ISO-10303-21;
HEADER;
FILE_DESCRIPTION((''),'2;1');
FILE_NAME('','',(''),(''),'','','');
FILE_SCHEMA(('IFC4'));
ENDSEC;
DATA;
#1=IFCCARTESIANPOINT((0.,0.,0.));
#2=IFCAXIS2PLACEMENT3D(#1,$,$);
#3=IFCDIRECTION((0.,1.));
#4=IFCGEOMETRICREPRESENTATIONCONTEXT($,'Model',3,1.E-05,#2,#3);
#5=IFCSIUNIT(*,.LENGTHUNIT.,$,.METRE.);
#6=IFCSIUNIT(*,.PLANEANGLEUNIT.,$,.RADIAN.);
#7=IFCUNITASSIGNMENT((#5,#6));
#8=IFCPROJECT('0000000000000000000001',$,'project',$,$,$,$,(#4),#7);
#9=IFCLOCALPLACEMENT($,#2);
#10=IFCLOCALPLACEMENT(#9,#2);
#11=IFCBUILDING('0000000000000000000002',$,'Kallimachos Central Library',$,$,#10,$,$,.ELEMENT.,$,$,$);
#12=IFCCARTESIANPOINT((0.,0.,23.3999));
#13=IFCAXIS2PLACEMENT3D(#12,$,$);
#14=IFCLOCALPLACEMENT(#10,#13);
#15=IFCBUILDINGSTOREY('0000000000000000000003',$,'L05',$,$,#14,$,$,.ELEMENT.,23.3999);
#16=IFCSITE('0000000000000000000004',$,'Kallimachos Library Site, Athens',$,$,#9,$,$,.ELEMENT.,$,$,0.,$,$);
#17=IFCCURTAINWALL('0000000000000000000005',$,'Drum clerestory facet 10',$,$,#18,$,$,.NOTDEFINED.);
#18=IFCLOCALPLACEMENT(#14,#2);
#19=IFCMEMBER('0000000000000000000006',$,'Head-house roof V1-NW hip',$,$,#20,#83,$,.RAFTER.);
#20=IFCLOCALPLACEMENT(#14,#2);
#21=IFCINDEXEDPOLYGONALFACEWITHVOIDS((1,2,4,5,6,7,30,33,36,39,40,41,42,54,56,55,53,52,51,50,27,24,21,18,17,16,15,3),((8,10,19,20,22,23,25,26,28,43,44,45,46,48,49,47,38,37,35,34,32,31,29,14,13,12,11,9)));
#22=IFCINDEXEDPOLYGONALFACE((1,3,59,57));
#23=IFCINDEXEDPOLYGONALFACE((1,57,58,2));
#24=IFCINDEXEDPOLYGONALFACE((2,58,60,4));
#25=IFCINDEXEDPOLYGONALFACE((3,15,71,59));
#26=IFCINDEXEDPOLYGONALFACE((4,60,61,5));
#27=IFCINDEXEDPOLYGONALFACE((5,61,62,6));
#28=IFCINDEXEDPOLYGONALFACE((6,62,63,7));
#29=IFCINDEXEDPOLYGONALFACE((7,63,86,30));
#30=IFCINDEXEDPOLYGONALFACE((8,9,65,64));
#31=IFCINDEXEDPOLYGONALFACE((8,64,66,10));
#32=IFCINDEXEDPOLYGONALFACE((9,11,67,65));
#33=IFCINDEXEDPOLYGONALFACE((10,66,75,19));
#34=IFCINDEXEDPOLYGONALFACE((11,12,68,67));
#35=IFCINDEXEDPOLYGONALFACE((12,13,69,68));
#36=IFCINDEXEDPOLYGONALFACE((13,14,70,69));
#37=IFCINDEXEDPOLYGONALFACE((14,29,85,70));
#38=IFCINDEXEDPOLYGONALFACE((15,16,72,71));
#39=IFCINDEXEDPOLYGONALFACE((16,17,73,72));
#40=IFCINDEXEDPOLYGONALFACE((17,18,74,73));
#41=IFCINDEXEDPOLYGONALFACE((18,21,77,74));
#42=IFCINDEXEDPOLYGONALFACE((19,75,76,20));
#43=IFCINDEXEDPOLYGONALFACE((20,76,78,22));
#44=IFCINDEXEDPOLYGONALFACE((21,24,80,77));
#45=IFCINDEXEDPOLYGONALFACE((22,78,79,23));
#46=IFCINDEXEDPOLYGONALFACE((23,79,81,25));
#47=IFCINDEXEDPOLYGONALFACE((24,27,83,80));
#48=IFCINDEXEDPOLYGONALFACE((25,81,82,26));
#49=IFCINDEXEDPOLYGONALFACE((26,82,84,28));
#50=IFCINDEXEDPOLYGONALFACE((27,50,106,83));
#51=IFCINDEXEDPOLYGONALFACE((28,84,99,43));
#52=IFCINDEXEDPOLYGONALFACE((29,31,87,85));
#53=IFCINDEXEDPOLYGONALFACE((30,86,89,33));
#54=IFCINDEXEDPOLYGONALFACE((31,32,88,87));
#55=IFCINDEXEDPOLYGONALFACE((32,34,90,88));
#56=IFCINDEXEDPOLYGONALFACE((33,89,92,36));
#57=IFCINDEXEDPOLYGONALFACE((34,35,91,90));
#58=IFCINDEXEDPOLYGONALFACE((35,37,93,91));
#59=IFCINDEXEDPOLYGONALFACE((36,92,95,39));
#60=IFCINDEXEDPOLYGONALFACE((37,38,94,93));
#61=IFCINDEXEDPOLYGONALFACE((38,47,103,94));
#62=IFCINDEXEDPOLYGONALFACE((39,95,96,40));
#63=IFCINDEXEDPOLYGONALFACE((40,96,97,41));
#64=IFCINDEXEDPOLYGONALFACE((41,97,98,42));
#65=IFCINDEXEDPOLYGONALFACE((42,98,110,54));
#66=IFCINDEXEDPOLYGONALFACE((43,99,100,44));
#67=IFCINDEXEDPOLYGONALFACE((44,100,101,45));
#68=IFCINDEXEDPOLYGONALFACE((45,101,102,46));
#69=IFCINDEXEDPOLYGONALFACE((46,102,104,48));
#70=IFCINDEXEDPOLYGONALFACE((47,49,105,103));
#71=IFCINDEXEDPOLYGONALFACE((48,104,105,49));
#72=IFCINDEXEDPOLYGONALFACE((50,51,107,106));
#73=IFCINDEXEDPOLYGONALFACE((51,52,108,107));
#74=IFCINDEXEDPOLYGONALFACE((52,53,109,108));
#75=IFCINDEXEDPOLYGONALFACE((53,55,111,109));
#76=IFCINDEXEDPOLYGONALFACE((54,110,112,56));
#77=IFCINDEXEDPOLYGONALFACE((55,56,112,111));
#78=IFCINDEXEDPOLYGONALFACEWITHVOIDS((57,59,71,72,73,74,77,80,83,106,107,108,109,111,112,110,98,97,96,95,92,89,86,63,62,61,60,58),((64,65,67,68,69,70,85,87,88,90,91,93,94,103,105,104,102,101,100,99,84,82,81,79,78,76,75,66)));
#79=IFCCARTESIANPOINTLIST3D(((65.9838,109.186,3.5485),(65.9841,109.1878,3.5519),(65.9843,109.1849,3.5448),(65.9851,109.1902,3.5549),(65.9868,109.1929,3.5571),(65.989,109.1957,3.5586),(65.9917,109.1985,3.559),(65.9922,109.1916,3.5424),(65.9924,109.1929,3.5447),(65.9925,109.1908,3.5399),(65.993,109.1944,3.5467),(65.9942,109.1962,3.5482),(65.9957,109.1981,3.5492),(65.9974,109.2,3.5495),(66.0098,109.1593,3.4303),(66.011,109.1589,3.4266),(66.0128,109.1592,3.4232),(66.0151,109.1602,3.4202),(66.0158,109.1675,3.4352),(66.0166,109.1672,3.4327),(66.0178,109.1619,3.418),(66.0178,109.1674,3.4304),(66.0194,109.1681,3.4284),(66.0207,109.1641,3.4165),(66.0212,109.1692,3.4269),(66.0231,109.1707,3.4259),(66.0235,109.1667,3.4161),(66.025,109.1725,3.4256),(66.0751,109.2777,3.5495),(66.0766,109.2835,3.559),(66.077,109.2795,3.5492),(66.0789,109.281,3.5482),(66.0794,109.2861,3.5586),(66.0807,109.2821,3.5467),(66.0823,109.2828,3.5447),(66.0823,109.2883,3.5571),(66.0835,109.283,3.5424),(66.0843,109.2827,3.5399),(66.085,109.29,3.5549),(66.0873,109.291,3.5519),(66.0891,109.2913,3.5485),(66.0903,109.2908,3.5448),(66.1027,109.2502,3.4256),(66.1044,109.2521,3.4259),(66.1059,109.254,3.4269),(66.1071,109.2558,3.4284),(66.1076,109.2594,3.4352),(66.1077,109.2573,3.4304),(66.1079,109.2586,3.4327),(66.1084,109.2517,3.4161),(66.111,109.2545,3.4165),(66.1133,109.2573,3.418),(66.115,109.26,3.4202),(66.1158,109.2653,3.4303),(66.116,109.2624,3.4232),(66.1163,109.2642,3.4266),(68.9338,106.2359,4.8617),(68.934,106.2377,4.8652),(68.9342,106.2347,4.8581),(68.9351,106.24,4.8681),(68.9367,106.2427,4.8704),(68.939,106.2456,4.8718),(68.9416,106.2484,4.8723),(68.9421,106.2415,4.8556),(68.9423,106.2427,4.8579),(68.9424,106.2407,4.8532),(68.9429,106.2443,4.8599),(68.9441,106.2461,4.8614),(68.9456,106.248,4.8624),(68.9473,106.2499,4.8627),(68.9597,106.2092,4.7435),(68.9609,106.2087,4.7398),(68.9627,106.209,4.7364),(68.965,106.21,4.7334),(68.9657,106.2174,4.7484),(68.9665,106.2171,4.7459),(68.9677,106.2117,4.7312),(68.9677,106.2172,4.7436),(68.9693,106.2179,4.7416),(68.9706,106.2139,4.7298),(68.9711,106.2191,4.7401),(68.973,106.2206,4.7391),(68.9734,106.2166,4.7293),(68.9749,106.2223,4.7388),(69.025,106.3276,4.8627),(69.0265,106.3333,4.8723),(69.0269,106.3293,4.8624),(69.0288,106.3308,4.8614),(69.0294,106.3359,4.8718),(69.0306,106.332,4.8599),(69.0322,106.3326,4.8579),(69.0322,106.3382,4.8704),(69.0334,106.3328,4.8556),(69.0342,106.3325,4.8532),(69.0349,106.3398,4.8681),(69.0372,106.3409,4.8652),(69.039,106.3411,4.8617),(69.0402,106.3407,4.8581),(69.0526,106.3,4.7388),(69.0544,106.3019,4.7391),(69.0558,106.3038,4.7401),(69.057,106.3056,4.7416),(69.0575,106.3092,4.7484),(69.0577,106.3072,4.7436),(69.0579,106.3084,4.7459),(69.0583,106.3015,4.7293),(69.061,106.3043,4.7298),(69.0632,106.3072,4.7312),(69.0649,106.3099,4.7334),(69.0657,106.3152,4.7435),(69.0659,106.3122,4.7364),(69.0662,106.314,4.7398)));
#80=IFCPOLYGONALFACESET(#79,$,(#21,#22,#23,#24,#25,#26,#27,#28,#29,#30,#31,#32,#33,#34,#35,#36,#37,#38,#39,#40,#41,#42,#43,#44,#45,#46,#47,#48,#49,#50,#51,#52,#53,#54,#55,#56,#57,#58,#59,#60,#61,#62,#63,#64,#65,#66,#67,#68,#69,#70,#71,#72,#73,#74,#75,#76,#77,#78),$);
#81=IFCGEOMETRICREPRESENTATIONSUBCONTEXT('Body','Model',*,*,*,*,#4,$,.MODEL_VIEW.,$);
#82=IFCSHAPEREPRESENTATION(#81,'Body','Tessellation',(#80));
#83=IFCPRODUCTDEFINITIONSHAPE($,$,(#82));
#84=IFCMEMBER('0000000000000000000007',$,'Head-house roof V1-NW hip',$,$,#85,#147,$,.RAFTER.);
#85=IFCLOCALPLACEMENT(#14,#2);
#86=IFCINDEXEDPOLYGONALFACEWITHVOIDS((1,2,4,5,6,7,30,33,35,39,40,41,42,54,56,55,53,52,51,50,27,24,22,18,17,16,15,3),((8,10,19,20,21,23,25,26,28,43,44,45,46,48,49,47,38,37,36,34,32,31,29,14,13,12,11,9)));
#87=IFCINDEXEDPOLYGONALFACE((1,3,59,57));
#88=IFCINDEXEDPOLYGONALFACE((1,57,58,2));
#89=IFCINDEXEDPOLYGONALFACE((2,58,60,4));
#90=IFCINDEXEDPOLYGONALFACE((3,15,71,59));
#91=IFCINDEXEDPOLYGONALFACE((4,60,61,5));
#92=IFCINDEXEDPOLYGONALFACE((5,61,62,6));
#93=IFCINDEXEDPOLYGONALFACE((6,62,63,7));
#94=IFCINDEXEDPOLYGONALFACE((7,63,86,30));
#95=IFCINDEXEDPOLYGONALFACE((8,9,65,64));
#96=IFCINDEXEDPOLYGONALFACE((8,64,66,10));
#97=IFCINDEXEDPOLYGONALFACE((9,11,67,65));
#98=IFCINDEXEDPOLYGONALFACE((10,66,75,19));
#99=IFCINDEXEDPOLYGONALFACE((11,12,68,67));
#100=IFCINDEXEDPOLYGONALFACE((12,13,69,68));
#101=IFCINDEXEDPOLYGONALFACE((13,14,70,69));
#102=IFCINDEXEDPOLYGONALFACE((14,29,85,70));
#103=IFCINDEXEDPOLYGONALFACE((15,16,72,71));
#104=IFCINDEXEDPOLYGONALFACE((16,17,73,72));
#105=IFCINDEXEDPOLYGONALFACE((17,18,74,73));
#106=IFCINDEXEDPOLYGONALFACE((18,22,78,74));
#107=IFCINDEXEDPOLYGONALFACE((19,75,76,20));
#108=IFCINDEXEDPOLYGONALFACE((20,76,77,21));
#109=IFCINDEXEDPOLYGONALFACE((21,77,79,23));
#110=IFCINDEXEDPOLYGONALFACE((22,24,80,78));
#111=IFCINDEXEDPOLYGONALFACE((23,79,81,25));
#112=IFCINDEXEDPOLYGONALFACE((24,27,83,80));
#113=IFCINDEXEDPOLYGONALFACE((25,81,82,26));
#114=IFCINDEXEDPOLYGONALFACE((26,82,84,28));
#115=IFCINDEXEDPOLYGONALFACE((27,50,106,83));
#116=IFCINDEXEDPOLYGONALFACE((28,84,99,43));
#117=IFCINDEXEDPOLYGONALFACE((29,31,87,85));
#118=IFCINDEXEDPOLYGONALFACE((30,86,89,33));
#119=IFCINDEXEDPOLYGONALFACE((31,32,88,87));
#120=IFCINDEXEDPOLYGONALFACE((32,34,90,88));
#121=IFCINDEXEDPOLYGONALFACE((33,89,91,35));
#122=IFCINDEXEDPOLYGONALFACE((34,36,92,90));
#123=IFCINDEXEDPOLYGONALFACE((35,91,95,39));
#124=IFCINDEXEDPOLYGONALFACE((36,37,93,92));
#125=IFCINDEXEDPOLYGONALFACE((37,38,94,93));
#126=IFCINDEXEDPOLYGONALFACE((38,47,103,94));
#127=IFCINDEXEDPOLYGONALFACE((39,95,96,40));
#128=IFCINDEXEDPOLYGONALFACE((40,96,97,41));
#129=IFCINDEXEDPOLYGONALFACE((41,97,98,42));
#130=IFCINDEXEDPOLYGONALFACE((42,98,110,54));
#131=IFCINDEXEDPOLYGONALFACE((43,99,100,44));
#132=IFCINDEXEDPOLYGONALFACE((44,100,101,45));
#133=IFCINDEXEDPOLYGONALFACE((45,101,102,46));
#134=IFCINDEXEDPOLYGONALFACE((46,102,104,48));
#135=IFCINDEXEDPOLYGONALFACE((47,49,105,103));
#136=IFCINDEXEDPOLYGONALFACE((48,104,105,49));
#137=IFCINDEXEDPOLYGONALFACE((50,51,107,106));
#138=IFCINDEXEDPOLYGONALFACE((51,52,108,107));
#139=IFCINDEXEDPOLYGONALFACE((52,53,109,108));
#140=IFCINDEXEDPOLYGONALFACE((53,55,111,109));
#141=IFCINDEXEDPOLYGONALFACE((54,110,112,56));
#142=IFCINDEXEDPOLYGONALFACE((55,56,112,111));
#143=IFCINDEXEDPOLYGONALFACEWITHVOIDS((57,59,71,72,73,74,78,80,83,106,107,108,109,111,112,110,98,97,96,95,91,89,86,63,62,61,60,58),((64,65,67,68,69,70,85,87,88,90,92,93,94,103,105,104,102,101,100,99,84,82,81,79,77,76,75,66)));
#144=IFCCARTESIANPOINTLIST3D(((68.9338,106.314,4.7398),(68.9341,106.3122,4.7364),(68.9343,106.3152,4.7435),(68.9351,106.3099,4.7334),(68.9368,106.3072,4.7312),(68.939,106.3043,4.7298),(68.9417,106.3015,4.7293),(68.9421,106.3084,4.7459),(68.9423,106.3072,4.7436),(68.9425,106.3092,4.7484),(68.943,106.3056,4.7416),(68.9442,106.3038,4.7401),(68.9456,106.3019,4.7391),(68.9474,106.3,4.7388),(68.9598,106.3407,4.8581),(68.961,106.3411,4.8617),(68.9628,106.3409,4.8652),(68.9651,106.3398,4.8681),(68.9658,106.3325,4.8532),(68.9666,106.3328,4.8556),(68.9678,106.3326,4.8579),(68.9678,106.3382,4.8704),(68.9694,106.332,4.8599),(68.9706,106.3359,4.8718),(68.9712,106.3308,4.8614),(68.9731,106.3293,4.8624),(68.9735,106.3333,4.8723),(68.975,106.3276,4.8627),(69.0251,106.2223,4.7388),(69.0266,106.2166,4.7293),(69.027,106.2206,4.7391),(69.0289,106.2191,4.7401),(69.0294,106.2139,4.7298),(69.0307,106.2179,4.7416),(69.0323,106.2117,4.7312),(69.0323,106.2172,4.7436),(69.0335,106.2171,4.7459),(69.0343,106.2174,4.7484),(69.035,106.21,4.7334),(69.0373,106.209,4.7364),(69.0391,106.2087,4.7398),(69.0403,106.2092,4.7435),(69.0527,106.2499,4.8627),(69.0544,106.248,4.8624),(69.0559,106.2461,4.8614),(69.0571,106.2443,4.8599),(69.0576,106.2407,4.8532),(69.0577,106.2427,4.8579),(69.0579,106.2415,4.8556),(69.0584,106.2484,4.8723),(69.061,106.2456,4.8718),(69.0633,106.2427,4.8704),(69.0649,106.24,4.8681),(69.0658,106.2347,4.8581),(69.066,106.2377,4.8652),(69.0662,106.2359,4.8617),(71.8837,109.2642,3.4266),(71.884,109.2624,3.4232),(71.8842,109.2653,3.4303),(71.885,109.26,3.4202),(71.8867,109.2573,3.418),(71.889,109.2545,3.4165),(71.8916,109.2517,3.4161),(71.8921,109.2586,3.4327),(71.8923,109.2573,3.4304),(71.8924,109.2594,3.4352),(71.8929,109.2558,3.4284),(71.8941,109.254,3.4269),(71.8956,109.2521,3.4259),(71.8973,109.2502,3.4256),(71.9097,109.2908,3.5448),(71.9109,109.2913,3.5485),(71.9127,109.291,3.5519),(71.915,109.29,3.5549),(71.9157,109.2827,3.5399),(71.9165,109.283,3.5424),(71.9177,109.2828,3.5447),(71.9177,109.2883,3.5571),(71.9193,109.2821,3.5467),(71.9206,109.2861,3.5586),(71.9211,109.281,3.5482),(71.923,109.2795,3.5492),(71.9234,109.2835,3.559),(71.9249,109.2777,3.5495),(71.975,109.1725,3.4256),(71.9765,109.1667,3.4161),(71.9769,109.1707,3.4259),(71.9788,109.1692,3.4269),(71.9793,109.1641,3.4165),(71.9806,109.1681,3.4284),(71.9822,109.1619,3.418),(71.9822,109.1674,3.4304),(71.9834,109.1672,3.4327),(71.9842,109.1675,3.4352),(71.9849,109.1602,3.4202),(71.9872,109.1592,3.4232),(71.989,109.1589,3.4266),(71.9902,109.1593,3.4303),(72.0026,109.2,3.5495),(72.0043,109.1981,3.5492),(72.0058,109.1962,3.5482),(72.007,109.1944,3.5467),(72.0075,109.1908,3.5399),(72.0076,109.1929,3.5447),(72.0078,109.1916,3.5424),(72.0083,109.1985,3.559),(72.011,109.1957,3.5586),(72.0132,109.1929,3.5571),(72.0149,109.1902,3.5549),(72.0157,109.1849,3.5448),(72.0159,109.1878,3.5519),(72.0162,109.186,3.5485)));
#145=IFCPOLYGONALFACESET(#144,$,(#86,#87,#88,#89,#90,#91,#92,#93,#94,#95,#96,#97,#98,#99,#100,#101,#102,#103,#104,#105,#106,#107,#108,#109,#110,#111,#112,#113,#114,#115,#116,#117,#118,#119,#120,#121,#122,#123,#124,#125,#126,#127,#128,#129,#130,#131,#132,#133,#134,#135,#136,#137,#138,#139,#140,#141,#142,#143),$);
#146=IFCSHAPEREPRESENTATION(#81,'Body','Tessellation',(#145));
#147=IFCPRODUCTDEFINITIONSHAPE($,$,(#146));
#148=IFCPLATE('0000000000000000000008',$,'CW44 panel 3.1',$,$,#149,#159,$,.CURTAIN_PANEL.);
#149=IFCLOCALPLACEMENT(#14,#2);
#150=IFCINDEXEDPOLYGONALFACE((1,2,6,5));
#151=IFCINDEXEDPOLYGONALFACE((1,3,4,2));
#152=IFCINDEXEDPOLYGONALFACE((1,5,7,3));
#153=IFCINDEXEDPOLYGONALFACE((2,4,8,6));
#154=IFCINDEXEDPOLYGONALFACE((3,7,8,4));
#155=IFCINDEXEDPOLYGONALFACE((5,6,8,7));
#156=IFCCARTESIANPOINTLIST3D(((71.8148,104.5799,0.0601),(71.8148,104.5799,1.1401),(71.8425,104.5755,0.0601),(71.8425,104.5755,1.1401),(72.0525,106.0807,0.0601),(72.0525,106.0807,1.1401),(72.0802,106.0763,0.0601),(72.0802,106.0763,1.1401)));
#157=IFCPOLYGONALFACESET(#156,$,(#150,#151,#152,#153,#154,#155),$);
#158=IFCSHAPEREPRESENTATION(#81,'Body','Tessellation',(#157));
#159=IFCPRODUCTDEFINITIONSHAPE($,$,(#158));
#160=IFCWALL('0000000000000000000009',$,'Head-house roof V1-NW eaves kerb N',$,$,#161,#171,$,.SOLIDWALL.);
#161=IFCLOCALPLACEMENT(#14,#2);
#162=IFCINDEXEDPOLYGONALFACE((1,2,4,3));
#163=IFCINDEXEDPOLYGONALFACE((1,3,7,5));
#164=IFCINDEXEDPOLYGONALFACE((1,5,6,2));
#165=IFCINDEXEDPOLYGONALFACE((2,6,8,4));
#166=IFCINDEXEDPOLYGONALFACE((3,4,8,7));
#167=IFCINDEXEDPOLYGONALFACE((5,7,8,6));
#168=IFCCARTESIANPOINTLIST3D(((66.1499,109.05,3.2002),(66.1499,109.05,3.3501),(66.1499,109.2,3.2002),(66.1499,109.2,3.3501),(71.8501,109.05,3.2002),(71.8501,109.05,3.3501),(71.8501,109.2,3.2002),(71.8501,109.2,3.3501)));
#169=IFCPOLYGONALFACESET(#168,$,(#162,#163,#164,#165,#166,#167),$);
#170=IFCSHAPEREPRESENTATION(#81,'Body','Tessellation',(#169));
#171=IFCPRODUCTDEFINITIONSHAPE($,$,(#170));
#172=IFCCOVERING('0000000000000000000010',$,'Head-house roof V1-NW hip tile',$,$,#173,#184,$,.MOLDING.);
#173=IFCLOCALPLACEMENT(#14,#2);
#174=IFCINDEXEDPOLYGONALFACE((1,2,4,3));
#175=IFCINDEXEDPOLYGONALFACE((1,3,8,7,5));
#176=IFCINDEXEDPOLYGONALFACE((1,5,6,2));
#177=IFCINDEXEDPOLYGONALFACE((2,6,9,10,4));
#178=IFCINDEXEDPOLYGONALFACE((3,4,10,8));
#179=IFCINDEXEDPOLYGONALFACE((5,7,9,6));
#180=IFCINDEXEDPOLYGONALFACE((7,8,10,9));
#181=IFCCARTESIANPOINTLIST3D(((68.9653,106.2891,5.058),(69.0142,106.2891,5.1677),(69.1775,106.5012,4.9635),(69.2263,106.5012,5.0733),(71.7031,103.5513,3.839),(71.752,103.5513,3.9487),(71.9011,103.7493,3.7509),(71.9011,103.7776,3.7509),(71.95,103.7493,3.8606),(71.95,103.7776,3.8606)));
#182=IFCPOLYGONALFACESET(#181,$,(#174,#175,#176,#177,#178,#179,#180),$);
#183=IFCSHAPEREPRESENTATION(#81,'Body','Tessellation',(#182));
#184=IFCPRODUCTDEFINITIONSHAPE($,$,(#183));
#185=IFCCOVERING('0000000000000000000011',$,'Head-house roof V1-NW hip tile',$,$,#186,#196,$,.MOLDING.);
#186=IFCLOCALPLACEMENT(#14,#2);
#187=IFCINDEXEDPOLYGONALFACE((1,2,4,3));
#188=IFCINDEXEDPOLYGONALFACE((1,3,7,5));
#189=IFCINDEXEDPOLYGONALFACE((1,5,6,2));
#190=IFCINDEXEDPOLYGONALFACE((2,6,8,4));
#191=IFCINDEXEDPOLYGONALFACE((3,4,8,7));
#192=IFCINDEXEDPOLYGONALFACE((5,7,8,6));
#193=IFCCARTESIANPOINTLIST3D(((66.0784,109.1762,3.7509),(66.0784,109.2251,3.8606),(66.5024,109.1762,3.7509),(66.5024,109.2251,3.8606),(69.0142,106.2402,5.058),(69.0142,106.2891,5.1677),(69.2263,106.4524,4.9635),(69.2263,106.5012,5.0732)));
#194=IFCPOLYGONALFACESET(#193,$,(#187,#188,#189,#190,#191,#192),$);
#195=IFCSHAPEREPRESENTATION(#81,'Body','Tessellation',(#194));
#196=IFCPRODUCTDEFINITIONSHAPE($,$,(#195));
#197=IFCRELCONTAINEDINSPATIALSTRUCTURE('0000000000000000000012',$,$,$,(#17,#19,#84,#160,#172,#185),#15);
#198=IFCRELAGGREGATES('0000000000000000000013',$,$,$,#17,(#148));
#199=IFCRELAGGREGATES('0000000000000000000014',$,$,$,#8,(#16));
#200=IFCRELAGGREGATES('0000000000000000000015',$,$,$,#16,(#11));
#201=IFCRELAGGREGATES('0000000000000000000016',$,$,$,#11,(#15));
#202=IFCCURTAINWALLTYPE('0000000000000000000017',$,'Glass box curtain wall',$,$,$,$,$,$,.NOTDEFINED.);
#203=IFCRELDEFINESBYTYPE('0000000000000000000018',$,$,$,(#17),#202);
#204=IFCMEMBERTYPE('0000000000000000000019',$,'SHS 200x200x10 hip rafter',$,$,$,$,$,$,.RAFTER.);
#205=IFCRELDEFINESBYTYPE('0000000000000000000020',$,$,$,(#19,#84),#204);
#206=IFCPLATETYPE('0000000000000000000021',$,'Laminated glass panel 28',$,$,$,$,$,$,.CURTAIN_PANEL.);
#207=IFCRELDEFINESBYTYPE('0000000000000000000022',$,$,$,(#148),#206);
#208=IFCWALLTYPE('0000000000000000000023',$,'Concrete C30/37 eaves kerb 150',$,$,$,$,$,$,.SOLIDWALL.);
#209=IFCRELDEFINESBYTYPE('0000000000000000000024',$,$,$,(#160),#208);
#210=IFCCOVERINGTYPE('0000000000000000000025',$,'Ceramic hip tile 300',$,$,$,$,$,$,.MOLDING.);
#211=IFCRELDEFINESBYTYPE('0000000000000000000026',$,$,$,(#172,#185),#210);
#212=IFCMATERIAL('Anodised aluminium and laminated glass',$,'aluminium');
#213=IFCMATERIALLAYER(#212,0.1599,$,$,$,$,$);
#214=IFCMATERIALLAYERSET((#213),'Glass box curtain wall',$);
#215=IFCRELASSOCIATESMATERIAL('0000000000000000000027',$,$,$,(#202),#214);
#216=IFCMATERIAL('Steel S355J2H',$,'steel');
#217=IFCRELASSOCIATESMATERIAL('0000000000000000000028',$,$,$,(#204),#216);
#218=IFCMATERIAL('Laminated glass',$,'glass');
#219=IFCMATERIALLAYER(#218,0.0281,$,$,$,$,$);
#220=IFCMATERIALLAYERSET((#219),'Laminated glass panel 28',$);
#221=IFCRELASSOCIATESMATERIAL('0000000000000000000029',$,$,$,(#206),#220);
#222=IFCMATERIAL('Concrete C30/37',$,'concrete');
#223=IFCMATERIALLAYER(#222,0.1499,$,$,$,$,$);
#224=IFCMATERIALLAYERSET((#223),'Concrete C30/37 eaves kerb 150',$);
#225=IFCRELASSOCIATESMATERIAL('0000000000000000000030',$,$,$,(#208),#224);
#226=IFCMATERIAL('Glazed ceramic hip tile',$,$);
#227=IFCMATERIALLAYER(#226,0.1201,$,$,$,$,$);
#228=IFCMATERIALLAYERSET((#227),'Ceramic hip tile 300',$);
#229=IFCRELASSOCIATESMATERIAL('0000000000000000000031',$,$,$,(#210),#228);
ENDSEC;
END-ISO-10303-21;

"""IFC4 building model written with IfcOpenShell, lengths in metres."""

from ifc_helpers import new_model, si_unit, direction, frame, frame_2d, origin, origin_2d, place, context, subcontext, project, spatial, polyline, rectangle, hollow_rectangle, outline, extrude, material, layer, layer_set, material_profile, profile_set, type_object, element, aggregate, save


model = new_model("IFC4")

# Units and contexts
model_context = context("Model", 3, precision=1e-05, world=origin(), true_north=direction((0.0, 1.0)))
body_context = subcontext(model_context, "Body", "Model", "MODEL_VIEW")
ifc_project = project(units=[si_unit("LENGTHUNIT", "METRE"), si_unit("PLANEANGLEUNIT", "RADIAN")], contexts=[model_context])

# Site, building, storey
site_placement = place(None, origin())
site = spatial("IfcSite", under=ifc_project, at=site_placement, Name="Kallimachos Library Site, Athens", CompositionType="ELEMENT", RefElevation=0.0)
building_placement = place(site_placement, origin())
building = spatial("IfcBuilding", under=site, at=building_placement, Name="Kallimachos Central Library", CompositionType="ELEMENT")
storey_placement = place(building_placement, frame((0.0, 0.0, 23.3999)))
storey = spatial("IfcBuildingStorey", under=building, at=storey_placement, Name="L05", CompositionType="ELEMENT", Elevation=23.3999)

# Curtain wall
ifc_material_1 = material(Name="Anodised aluminium and laminated glass", Category="aluminium")
ifc_layer_1 = layer(ifc_material_1, 0.1599)
ifc_layer_set_1 = layer_set([ifc_layer_1], Name="Glass box curtain wall")
curtain_wall_type = type_object("IfcCurtainWallType", Name="Glass box curtain wall", PredefinedType="NOTDEFINED", material=ifc_layer_set_1)
curtain_wall_placement = place(storey_placement, origin())
curtain_wall = element("IfcCurtainWall", 1, at=curtain_wall_placement, inside=storey, type_object=curtain_wall_type, Name="Drum clerestory facet 10", PredefinedType="NOTDEFINED")

# Members
ifc_material_2 = material(Name="Steel S355J2H", Category="steel")
ifc_material_profile_1 = material_profile(ifc_material_2, hollow_rectangle(XDim=0.1499, YDim=0.1499, WallThickness=0.01, InnerFilletRadius=0.01, OuterFilletRadius=0.0149, at=origin_2d()), Name="SHS 150x150x10")
ifc_profile_set_1 = profile_set([ifc_material_profile_1], Name="Steel S355J2H")
member_type_1 = type_object("IfcMemberType", Name="SHS 200x200x10 hip rafter", PredefinedType="RAFTER", material=ifc_profile_set_1)
for number, where, z_axis, x_axis, name in (
    (2, (66.05, 109.2251, 3.4875), (0.674454, -0.67451, 0.300247), (0.707136, 0.707078, 0.0), "Head-house roof V1-NW hip"),
    (3, (71.95, 109.2251, 3.4875), (-0.674454, -0.67451, 0.300247), (0.707136, -0.707078, 0.0), "Head-house roof V1-NW hip"),
):
    element("IfcMember", number, at=place(storey_placement, frame(where, z_axis=z_axis, x_axis=x_axis)), inside=storey, type_object=member_type_1, Name=name, PredefinedType="RAFTER", context=body_context, shape_type="SweptSolid", body=[
        extrude(hollow_rectangle(XDim=0.1499, YDim=0.1499, WallThickness=0.01, InnerFilletRadius=0.01, OuterFilletRadius=0.0149, at=origin_2d()), origin(), (0.0, 0.0, 1.0), 4.3738),
    ])

# Plate
ifc_material_3 = material(Name="Laminated glass", Category="glass")
ifc_layer_2 = layer(ifc_material_3, 0.0281)
ifc_layer_set_2 = layer_set([ifc_layer_2], Name="Laminated glass panel 28")
plate_type = type_object("IfcPlateType", Name="Laminated glass panel 28", PredefinedType="CURTAIN_PANEL", material=ifc_layer_set_2)
plate_placement = place(storey_placement, frame((71.9475, 105.3281, 0.0601), z_axis=(0.0, 0.0, 1.0), x_axis=(-0.156435, -0.987688, 0.0)))
plate = element("IfcPlate", 4, at=plate_placement, type_object=plate_type, Name="CW44 panel 3.1", PredefinedType="CURTAIN_PANEL", context=body_context, shape_type="SweptSolid", body=[
    extrude(rectangle(XDim=1.5195, YDim=0.0281, at=origin_2d()), origin(), (0.0, 0.0, 1.0), 1.0801),
])
aggregate(curtain_wall, [plate])

# Wall
ifc_material_4 = material(Name="Concrete C30/37", Category="concrete")
ifc_layer_3 = layer(ifc_material_4, 0.1499)
ifc_layer_set_3 = layer_set([ifc_layer_3], Name="Concrete C30/37 eaves kerb 150")
wall_type = type_object("IfcWallType", Name="Concrete C30/37 eaves kerb 150", PredefinedType="SOLIDWALL", material=ifc_layer_set_3)
wall_placement = place(storey_placement, frame((66.1499, 109.125, 3.2002), z_axis=(0.0, 0.0, 1.0), x_axis=(1.0, 0.0, 0.0)))
element("IfcWall", 5, at=wall_placement, inside=storey, type_object=wall_type, Name="Head-house roof V1-NW eaves kerb N", PredefinedType="SOLIDWALL", context=body_context, shape_type="SweptSolid", body=[
    extrude(rectangle(XDim=5.7002, YDim=0.1499, at=frame_2d((2.8501, 0.0))), origin(), (0.0, 0.0, 1.0), 0.1499),
])

# Coverings
ifc_material_5 = material(Name="Glazed ceramic hip tile")
ifc_layer_4 = layer(ifc_material_5, 0.1201)
ifc_layer_set_4 = layer_set([ifc_layer_4], Name="Ceramic hip tile 300")
covering_type_1 = type_object("IfcCoveringType", Name="Ceramic hip tile 300", PredefinedType="MOLDING", material=ifc_layer_set_4)
covering_1_placement = place(storey_placement, frame((69.0142, 106.2891, 5.1677), z_axis=(0.406744, 0.0, 0.913542), x_axis=(0.674482, 0.674456, -0.300305)))
element("IfcCovering", 6, at=covering_1_placement, inside=storey, type_object=covering_type_1, Name="Head-house roof V1-NW hip tile", PredefinedType="MOLDING", context=body_context, shape_type="SweptSolid", body=[
    extrude(outline(polyline([(0.0, 0.0), (0.3146, 0.0), (0.6788, -4.0217), (0.6597, -4.0426), (0.3661, -4.0426), (0.0, 0.0)])), origin(), (0.0, 0.0, -1.0), 0.1201),
])
covering_2_placement = place(storey_placement, frame((66.0784, 109.2251, 3.8606), z_axis=(0.000033, 0.40674, 0.913544), x_axis=(1.0, -0.000013, -0.00003)))
element("IfcCovering", 7, at=covering_2_placement, inside=storey, type_object=covering_type_1, Name="Head-house roof V1-NW hip tile", PredefinedType="MOLDING", context=body_context, shape_type="SweptSolid", body=[
    extrude(outline(polyline([(0.0, 0.0), (0.4241, 0.0), (3.1479, -2.9816), (2.9358, -3.2139), (0.0, 0.0)])), origin(), (0.0, 0.0, -1.0), 0.1201),
])

save(model, "model.ifc")
